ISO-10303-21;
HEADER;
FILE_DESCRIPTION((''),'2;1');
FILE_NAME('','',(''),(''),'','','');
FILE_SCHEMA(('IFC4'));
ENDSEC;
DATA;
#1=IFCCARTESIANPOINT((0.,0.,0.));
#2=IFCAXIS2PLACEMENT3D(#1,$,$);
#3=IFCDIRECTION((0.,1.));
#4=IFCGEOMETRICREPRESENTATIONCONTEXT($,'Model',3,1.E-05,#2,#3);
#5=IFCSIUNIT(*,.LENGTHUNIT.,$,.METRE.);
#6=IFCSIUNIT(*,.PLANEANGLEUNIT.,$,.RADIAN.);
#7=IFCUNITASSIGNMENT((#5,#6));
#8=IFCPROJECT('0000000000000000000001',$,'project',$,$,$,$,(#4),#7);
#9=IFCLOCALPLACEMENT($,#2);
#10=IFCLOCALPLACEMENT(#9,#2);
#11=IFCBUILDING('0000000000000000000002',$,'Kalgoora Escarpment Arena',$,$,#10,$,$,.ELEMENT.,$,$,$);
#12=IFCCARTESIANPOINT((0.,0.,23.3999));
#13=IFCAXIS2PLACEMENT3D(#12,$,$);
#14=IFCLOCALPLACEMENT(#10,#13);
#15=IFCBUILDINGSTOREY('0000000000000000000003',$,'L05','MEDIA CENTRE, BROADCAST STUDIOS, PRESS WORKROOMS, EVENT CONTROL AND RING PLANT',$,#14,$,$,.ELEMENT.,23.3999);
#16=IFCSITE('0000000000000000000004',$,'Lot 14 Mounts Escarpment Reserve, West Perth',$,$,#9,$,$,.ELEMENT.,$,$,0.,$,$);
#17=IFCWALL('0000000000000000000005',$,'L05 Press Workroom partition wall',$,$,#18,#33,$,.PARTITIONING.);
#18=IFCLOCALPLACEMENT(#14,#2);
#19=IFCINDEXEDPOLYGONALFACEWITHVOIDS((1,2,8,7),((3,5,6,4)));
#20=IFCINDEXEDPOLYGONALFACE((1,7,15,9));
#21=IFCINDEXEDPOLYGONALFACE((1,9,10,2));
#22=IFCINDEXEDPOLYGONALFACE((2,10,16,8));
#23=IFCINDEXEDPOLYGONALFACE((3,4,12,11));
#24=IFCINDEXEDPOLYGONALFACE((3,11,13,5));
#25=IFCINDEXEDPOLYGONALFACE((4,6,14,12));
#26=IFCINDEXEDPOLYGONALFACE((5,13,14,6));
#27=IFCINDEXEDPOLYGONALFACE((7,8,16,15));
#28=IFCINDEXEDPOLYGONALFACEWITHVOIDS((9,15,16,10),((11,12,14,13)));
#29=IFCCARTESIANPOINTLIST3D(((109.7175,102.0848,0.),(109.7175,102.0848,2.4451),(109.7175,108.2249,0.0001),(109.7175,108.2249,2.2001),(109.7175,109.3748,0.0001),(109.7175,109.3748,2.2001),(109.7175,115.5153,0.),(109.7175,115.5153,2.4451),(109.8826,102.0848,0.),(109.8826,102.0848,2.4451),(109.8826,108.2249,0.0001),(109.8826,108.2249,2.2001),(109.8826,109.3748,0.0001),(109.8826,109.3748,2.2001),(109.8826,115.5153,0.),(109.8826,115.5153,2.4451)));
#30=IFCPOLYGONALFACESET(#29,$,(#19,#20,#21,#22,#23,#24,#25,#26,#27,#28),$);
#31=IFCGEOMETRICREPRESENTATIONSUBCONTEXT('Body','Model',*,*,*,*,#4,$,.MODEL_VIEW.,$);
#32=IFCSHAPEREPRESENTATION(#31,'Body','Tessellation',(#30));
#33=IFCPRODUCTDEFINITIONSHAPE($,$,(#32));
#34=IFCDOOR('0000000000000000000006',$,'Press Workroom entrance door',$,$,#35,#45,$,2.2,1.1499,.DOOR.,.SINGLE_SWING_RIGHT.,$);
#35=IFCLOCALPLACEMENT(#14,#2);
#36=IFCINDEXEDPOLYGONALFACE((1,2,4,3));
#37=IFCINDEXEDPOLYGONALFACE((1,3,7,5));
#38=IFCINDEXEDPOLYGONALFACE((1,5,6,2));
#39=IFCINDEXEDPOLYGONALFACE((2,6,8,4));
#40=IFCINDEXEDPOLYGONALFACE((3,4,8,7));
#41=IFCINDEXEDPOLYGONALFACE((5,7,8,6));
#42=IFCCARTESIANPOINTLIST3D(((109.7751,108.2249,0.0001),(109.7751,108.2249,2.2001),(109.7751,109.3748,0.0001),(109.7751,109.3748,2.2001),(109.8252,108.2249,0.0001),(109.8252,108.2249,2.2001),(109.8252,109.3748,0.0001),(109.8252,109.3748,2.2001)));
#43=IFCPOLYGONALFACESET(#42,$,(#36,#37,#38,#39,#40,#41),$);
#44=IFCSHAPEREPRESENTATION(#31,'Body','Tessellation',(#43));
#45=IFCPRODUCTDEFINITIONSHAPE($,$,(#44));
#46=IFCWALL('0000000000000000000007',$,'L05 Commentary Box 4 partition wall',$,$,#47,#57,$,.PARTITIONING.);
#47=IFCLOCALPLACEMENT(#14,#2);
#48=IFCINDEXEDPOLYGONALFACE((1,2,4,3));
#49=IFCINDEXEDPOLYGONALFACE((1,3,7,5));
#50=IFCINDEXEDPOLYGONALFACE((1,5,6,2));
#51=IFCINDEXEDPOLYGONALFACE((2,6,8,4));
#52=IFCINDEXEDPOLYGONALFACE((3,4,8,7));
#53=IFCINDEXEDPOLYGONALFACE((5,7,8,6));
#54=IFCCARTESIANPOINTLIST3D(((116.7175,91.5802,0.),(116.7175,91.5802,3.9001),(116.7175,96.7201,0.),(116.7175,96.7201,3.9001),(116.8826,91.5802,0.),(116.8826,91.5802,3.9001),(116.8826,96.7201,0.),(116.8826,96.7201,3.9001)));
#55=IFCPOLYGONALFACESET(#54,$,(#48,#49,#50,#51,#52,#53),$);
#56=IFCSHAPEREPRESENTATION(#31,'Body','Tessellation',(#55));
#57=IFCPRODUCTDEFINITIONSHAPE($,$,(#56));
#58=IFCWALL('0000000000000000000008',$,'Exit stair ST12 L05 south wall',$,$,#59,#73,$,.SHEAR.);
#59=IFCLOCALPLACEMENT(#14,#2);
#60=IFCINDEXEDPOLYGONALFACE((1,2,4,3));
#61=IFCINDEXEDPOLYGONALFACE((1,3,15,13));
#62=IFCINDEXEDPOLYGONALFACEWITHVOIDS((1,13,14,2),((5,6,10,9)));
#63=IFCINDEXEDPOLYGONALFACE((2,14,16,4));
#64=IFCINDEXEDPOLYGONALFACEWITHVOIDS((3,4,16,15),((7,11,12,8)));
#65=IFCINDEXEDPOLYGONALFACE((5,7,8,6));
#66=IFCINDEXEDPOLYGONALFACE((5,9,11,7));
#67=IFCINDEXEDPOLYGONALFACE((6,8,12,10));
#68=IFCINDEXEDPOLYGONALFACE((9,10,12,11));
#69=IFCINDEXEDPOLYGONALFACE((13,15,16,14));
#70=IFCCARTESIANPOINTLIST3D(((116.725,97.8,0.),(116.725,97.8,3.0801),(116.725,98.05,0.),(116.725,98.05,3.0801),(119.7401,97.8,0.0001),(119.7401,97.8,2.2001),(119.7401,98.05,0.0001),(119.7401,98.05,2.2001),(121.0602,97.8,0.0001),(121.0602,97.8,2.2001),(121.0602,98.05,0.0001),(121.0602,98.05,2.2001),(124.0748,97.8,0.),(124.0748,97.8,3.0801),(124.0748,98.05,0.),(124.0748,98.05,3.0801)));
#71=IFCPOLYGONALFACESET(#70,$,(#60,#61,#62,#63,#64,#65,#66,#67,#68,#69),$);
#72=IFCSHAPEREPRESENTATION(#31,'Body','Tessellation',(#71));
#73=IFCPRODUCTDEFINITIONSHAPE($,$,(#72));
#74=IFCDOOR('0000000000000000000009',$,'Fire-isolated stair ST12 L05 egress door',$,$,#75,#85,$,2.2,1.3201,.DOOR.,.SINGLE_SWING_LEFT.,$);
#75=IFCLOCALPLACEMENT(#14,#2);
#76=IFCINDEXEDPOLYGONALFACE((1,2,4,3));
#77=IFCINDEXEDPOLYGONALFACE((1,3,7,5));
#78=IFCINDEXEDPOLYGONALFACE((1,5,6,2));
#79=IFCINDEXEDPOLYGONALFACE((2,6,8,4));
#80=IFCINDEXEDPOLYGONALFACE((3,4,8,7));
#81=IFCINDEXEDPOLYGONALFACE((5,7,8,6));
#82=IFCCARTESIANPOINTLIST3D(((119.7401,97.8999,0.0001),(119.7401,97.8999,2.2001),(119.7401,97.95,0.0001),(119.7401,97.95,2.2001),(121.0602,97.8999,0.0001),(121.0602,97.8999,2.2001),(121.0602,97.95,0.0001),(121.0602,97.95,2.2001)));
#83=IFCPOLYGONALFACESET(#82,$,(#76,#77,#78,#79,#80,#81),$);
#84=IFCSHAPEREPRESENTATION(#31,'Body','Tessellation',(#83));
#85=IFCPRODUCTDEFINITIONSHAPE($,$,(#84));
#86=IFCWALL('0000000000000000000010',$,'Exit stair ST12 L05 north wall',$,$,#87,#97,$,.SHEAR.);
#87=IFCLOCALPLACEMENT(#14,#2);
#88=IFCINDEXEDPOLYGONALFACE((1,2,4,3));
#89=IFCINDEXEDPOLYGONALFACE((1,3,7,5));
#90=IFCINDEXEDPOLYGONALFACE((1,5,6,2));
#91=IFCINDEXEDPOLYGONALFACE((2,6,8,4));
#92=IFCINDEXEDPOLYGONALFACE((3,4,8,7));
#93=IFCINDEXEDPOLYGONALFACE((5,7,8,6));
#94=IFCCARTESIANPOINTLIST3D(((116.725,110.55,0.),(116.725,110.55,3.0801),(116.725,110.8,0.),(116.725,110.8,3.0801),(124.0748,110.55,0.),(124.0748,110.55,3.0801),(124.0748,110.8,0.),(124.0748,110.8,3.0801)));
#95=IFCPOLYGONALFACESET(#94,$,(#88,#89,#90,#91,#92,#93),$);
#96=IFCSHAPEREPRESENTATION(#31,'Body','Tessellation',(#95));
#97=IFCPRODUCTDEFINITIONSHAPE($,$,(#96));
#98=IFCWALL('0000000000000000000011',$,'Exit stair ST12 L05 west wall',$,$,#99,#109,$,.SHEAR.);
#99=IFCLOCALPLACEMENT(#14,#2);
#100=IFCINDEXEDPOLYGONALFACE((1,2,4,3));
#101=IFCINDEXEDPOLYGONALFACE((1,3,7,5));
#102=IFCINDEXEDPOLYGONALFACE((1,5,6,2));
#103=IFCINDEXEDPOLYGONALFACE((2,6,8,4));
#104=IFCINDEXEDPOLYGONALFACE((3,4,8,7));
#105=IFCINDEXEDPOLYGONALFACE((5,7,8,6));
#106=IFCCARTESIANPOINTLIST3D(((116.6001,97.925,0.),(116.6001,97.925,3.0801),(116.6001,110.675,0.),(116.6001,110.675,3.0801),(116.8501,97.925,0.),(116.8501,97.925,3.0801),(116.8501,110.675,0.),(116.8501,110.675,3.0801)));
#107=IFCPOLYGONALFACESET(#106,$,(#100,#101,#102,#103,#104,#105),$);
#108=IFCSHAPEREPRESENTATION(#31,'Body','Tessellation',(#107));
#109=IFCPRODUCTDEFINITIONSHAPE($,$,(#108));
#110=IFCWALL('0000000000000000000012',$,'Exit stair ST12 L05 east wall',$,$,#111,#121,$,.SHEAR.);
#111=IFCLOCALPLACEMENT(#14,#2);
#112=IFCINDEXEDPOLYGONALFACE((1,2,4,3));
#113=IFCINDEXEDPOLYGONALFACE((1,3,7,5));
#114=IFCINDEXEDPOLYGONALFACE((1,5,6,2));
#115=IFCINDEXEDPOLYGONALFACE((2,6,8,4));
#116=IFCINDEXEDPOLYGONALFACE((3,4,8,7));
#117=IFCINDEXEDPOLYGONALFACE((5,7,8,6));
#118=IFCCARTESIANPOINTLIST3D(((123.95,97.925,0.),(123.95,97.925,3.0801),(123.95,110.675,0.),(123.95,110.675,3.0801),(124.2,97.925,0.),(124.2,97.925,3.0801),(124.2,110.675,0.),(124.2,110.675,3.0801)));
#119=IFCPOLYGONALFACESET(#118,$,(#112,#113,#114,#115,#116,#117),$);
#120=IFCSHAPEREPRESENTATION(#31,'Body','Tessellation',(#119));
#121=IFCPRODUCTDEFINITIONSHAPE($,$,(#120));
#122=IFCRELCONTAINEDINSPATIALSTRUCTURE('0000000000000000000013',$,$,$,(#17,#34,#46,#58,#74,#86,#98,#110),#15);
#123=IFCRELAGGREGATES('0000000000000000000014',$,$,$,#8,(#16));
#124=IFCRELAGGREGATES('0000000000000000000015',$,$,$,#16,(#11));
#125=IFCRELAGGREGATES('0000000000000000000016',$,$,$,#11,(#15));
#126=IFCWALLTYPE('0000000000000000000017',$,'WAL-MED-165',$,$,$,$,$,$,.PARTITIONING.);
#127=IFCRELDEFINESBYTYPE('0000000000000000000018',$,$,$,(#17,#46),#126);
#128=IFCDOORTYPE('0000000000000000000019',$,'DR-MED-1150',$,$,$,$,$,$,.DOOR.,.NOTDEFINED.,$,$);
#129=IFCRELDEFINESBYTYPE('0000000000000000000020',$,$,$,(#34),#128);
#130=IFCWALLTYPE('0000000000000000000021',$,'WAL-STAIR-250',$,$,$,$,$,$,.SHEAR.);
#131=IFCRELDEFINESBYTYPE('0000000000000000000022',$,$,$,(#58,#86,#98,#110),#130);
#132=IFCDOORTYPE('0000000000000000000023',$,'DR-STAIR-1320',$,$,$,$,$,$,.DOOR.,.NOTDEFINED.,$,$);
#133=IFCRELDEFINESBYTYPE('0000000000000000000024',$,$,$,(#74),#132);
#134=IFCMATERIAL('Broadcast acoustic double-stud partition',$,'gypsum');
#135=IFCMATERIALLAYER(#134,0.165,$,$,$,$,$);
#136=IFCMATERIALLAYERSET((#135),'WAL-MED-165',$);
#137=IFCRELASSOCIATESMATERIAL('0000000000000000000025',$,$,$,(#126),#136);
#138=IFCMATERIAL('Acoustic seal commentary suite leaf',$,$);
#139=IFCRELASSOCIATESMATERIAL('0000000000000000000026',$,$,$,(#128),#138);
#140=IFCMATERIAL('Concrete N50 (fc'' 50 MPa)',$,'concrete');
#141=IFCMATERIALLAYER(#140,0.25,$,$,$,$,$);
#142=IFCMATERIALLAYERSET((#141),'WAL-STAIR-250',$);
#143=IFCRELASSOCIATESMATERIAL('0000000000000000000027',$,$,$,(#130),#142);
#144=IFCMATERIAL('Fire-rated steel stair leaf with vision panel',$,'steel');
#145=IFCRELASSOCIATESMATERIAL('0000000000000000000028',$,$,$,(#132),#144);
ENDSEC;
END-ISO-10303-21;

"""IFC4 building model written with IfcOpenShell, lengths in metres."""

from ifc_helpers import new_model, si_unit, direction, frame, frame_2d, origin, place, context, subcontext, project, spatial, rectangle, extrude, material, layer, layer_set, type_object, element, fill, save


model = new_model("IFC4")

# Units and contexts
model_context = context("Model", 3, precision=1e-05, world=origin(), true_north=direction((0.0, 1.0)))
body_context = subcontext(model_context, "Body", "Model", "MODEL_VIEW")
ifc_project = project(units=[si_unit("LENGTHUNIT", "METRE"), si_unit("PLANEANGLEUNIT", "RADIAN")], contexts=[model_context])

# Site, building, storey
site_placement = place(None, origin())
site = spatial("IfcSite", under=ifc_project, at=site_placement, Name="Lot 14 Mounts Escarpment Reserve, West Perth", CompositionType="ELEMENT", RefElevation=0.0)
building_placement = place(site_placement, origin())
building = spatial("IfcBuilding", under=site, at=building_placement, Name="Kalgoora Escarpment Arena", CompositionType="ELEMENT")
storey_placement = place(building_placement, frame((0.0, 0.0, 23.3999)))
storey = spatial("IfcBuildingStorey", under=building, at=storey_placement, Name="L05", Description="MEDIA CENTRE, BROADCAST STUDIOS, PRESS WORKROOMS, EVENT CONTROL AND RING PLANT", CompositionType="ELEMENT", Elevation=23.3999)

# Shared definitions
ifc_material_1 = material(Name="Broadcast acoustic double-stud partition", Category="gypsum")
ifc_layer_1 = layer(ifc_material_1, 0.165)
ifc_layer_set_1 = layer_set([ifc_layer_1], Name="WAL-MED-165")
wall_type_1 = type_object("IfcWallType", Name="WAL-MED-165", PredefinedType="PARTITIONING", material=ifc_layer_set_1)

# Wall, opening, door
wall_1_placement = place(storey_placement, frame((109.8, 102.0847, 0.0), z_axis=(0.0, 0.0, 1.0), x_axis=(0.0, 1.0, 0.0)))
wall_1 = element("IfcWall", 1, at=wall_1_placement, inside=storey, type_object=wall_type_1, Name="L05 Press Workroom partition wall", PredefinedType="PARTITIONING", context=body_context, shape_type="SweptSolid", body=[
    extrude(rectangle(XDim=13.4304, YDim=0.165, at=frame_2d((6.7153, 0.0))), origin(), (0.0, 0.0, 1.0), 2.4451),
])
opening_1_placement = place(wall_1_placement, frame((6.1401, 0.0, 0.0)))
opening_1 = element("IfcOpeningElement", 2, at=opening_1_placement, cuts=wall_1, PredefinedType="OPENING", context=body_context, shape_type="SweptSolid", body=[
    extrude(rectangle(XDim=1.1499, YDim=2.2, at=frame_2d((0.575, 1.1001))), frame((0.0, 0.0925, 0.0), z_axis=(0.0, -1.0, 0.0), x_axis=(1.0, 0.0, 0.0)), (0.0, 0.0, 1.0), 0.1851),
])
ifc_material_2 = material(Name="Acoustic seal commentary suite leaf")
door_type_1 = type_object("IfcDoorType", Name="DR-MED-1150", OperationType="NOTDEFINED", PredefinedType="DOOR", material=ifc_material_2)
door_1_placement = place(opening_1_placement, origin())
door_1 = element("IfcDoor", 3, at=door_1_placement, inside=storey, type_object=door_type_1, Name="Press Workroom entrance door", OperationType="SINGLE_SWING_RIGHT", OverallHeight=2.2, OverallWidth=1.1499, PredefinedType="DOOR", context=body_context, shape_type="SweptSolid", body=[
    extrude(rectangle(XDim=1.1499, YDim=2.2, at=frame_2d((0.575, 1.1001))), frame((0.0, 0.0249, 0.0), z_axis=(0.0, -1.0, 0.0), x_axis=(1.0, 0.0, 0.0)), (0.0, 0.0, 1.0), 0.05),
])
fill(opening_1, door_1)

# Wall
wall_2_placement = place(storey_placement, frame((116.8, 96.72, 0.0), z_axis=(0.0, 0.0, 1.0), x_axis=(0.0, -1.0, 0.0)))
element("IfcWall", 4, at=wall_2_placement, inside=storey, type_object=wall_type_1, Name="L05 Commentary Box 4 partition wall", PredefinedType="PARTITIONING", context=body_context, shape_type="SweptSolid", body=[
    extrude(rectangle(XDim=5.1399, YDim=0.165, at=frame_2d((2.5698, 0.0))), origin(), (0.0, 0.0, 1.0), 3.9001),
])

# Wall, opening, door
ifc_material_3 = material(Name="Concrete N50 (fc' 50 MPa)", Category="concrete")
ifc_layer_2 = layer(ifc_material_3, 0.25)
ifc_layer_set_2 = layer_set([ifc_layer_2], Name="WAL-STAIR-250")
wall_type_2 = type_object("IfcWallType", Name="WAL-STAIR-250", PredefinedType="SHEAR", material=ifc_layer_set_2)
wall_3_placement = place(storey_placement, frame((116.7251, 97.925, 0.0), z_axis=(0.0, 0.0, 1.0), x_axis=(1.0, 0.0, 0.0)))
wall_3 = element("IfcWall", 5, at=wall_3_placement, inside=storey, type_object=wall_type_2, Name="Exit stair ST12 L05 south wall", PredefinedType="SHEAR", context=body_context, shape_type="SweptSolid", body=[
    extrude(rectangle(XDim=7.3499, YDim=0.25, at=frame_2d((3.6748, 0.0))), origin(), (0.0, 0.0, 1.0), 3.0801),
])
opening_2_placement = place(wall_3_placement, frame((3.0149, 0.0, 0.0)))
opening_2 = element("IfcOpeningElement", 6, at=opening_2_placement, cuts=wall_3, PredefinedType="OPENING", context=body_context, shape_type="SweptSolid", body=[
    extrude(rectangle(XDim=1.3201, YDim=2.2, at=frame_2d((0.6602, 1.1001))), frame((0.0, 0.135, 0.0), z_axis=(0.0, -1.0, 0.0), x_axis=(1.0, 0.0, 0.0)), (0.0, 0.0, 1.0), 0.27),
])
ifc_material_4 = material(Name="Fire-rated steel stair leaf with vision panel", Category="steel")
door_type_2 = type_object("IfcDoorType", Name="DR-STAIR-1320", OperationType="NOTDEFINED", PredefinedType="DOOR", material=ifc_material_4)
door_2_placement = place(opening_2_placement, origin())
door_2 = element("IfcDoor", 7, at=door_2_placement, inside=storey, type_object=door_type_2, Name="Fire-isolated stair ST12 L05 egress door", OperationType="SINGLE_SWING_LEFT", OverallHeight=2.2, OverallWidth=1.3201, PredefinedType="DOOR", context=body_context, shape_type="SweptSolid", body=[
    extrude(rectangle(XDim=1.3201, YDim=2.2, at=frame_2d((0.6602, 1.1001))), frame((0.0, 0.0249, 0.0), z_axis=(0.0, -1.0, 0.0), x_axis=(1.0, 0.0, 0.0)), (0.0, 0.0, 1.0), 0.05),
])
fill(opening_2, door_2)

# Walls
wall_4_placement = place(storey_placement, frame((116.7251, 110.675, 0.0), z_axis=(0.0, 0.0, 1.0), x_axis=(1.0, 0.0, 0.0)))
element("IfcWall", 8, at=wall_4_placement, inside=storey, type_object=wall_type_2, Name="Exit stair ST12 L05 north wall", PredefinedType="SHEAR", context=body_context, shape_type="SweptSolid", body=[
    extrude(rectangle(XDim=7.3499, YDim=0.25, at=frame_2d((3.6748, 0.0))), origin(), (0.0, 0.0, 1.0), 3.0801),
])
for number, where, z_axis, x_axis, name in (
    (9, (116.7251, 97.925, 0.0), (0.0, 0.0, 1.0), (0.0, 1.0, 0.0), "Exit stair ST12 L05 west wall"),
    (10, (124.075, 97.925, 0.0), (0.0, 0.0, 1.0), (0.0, 1.0, 0.0), "Exit stair ST12 L05 east wall"),
):
    element("IfcWall", number, at=place(storey_placement, frame(where, z_axis=z_axis, x_axis=x_axis)), inside=storey, type_object=wall_type_2, Name=name, PredefinedType="SHEAR", context=body_context, shape_type="SweptSolid", body=[
        extrude(rectangle(XDim=12.75, YDim=0.25, at=frame_2d((6.375, 0.0))), origin(), (0.0, 0.0, 1.0), 3.0801),
    ])

save(model, "model.ifc")
